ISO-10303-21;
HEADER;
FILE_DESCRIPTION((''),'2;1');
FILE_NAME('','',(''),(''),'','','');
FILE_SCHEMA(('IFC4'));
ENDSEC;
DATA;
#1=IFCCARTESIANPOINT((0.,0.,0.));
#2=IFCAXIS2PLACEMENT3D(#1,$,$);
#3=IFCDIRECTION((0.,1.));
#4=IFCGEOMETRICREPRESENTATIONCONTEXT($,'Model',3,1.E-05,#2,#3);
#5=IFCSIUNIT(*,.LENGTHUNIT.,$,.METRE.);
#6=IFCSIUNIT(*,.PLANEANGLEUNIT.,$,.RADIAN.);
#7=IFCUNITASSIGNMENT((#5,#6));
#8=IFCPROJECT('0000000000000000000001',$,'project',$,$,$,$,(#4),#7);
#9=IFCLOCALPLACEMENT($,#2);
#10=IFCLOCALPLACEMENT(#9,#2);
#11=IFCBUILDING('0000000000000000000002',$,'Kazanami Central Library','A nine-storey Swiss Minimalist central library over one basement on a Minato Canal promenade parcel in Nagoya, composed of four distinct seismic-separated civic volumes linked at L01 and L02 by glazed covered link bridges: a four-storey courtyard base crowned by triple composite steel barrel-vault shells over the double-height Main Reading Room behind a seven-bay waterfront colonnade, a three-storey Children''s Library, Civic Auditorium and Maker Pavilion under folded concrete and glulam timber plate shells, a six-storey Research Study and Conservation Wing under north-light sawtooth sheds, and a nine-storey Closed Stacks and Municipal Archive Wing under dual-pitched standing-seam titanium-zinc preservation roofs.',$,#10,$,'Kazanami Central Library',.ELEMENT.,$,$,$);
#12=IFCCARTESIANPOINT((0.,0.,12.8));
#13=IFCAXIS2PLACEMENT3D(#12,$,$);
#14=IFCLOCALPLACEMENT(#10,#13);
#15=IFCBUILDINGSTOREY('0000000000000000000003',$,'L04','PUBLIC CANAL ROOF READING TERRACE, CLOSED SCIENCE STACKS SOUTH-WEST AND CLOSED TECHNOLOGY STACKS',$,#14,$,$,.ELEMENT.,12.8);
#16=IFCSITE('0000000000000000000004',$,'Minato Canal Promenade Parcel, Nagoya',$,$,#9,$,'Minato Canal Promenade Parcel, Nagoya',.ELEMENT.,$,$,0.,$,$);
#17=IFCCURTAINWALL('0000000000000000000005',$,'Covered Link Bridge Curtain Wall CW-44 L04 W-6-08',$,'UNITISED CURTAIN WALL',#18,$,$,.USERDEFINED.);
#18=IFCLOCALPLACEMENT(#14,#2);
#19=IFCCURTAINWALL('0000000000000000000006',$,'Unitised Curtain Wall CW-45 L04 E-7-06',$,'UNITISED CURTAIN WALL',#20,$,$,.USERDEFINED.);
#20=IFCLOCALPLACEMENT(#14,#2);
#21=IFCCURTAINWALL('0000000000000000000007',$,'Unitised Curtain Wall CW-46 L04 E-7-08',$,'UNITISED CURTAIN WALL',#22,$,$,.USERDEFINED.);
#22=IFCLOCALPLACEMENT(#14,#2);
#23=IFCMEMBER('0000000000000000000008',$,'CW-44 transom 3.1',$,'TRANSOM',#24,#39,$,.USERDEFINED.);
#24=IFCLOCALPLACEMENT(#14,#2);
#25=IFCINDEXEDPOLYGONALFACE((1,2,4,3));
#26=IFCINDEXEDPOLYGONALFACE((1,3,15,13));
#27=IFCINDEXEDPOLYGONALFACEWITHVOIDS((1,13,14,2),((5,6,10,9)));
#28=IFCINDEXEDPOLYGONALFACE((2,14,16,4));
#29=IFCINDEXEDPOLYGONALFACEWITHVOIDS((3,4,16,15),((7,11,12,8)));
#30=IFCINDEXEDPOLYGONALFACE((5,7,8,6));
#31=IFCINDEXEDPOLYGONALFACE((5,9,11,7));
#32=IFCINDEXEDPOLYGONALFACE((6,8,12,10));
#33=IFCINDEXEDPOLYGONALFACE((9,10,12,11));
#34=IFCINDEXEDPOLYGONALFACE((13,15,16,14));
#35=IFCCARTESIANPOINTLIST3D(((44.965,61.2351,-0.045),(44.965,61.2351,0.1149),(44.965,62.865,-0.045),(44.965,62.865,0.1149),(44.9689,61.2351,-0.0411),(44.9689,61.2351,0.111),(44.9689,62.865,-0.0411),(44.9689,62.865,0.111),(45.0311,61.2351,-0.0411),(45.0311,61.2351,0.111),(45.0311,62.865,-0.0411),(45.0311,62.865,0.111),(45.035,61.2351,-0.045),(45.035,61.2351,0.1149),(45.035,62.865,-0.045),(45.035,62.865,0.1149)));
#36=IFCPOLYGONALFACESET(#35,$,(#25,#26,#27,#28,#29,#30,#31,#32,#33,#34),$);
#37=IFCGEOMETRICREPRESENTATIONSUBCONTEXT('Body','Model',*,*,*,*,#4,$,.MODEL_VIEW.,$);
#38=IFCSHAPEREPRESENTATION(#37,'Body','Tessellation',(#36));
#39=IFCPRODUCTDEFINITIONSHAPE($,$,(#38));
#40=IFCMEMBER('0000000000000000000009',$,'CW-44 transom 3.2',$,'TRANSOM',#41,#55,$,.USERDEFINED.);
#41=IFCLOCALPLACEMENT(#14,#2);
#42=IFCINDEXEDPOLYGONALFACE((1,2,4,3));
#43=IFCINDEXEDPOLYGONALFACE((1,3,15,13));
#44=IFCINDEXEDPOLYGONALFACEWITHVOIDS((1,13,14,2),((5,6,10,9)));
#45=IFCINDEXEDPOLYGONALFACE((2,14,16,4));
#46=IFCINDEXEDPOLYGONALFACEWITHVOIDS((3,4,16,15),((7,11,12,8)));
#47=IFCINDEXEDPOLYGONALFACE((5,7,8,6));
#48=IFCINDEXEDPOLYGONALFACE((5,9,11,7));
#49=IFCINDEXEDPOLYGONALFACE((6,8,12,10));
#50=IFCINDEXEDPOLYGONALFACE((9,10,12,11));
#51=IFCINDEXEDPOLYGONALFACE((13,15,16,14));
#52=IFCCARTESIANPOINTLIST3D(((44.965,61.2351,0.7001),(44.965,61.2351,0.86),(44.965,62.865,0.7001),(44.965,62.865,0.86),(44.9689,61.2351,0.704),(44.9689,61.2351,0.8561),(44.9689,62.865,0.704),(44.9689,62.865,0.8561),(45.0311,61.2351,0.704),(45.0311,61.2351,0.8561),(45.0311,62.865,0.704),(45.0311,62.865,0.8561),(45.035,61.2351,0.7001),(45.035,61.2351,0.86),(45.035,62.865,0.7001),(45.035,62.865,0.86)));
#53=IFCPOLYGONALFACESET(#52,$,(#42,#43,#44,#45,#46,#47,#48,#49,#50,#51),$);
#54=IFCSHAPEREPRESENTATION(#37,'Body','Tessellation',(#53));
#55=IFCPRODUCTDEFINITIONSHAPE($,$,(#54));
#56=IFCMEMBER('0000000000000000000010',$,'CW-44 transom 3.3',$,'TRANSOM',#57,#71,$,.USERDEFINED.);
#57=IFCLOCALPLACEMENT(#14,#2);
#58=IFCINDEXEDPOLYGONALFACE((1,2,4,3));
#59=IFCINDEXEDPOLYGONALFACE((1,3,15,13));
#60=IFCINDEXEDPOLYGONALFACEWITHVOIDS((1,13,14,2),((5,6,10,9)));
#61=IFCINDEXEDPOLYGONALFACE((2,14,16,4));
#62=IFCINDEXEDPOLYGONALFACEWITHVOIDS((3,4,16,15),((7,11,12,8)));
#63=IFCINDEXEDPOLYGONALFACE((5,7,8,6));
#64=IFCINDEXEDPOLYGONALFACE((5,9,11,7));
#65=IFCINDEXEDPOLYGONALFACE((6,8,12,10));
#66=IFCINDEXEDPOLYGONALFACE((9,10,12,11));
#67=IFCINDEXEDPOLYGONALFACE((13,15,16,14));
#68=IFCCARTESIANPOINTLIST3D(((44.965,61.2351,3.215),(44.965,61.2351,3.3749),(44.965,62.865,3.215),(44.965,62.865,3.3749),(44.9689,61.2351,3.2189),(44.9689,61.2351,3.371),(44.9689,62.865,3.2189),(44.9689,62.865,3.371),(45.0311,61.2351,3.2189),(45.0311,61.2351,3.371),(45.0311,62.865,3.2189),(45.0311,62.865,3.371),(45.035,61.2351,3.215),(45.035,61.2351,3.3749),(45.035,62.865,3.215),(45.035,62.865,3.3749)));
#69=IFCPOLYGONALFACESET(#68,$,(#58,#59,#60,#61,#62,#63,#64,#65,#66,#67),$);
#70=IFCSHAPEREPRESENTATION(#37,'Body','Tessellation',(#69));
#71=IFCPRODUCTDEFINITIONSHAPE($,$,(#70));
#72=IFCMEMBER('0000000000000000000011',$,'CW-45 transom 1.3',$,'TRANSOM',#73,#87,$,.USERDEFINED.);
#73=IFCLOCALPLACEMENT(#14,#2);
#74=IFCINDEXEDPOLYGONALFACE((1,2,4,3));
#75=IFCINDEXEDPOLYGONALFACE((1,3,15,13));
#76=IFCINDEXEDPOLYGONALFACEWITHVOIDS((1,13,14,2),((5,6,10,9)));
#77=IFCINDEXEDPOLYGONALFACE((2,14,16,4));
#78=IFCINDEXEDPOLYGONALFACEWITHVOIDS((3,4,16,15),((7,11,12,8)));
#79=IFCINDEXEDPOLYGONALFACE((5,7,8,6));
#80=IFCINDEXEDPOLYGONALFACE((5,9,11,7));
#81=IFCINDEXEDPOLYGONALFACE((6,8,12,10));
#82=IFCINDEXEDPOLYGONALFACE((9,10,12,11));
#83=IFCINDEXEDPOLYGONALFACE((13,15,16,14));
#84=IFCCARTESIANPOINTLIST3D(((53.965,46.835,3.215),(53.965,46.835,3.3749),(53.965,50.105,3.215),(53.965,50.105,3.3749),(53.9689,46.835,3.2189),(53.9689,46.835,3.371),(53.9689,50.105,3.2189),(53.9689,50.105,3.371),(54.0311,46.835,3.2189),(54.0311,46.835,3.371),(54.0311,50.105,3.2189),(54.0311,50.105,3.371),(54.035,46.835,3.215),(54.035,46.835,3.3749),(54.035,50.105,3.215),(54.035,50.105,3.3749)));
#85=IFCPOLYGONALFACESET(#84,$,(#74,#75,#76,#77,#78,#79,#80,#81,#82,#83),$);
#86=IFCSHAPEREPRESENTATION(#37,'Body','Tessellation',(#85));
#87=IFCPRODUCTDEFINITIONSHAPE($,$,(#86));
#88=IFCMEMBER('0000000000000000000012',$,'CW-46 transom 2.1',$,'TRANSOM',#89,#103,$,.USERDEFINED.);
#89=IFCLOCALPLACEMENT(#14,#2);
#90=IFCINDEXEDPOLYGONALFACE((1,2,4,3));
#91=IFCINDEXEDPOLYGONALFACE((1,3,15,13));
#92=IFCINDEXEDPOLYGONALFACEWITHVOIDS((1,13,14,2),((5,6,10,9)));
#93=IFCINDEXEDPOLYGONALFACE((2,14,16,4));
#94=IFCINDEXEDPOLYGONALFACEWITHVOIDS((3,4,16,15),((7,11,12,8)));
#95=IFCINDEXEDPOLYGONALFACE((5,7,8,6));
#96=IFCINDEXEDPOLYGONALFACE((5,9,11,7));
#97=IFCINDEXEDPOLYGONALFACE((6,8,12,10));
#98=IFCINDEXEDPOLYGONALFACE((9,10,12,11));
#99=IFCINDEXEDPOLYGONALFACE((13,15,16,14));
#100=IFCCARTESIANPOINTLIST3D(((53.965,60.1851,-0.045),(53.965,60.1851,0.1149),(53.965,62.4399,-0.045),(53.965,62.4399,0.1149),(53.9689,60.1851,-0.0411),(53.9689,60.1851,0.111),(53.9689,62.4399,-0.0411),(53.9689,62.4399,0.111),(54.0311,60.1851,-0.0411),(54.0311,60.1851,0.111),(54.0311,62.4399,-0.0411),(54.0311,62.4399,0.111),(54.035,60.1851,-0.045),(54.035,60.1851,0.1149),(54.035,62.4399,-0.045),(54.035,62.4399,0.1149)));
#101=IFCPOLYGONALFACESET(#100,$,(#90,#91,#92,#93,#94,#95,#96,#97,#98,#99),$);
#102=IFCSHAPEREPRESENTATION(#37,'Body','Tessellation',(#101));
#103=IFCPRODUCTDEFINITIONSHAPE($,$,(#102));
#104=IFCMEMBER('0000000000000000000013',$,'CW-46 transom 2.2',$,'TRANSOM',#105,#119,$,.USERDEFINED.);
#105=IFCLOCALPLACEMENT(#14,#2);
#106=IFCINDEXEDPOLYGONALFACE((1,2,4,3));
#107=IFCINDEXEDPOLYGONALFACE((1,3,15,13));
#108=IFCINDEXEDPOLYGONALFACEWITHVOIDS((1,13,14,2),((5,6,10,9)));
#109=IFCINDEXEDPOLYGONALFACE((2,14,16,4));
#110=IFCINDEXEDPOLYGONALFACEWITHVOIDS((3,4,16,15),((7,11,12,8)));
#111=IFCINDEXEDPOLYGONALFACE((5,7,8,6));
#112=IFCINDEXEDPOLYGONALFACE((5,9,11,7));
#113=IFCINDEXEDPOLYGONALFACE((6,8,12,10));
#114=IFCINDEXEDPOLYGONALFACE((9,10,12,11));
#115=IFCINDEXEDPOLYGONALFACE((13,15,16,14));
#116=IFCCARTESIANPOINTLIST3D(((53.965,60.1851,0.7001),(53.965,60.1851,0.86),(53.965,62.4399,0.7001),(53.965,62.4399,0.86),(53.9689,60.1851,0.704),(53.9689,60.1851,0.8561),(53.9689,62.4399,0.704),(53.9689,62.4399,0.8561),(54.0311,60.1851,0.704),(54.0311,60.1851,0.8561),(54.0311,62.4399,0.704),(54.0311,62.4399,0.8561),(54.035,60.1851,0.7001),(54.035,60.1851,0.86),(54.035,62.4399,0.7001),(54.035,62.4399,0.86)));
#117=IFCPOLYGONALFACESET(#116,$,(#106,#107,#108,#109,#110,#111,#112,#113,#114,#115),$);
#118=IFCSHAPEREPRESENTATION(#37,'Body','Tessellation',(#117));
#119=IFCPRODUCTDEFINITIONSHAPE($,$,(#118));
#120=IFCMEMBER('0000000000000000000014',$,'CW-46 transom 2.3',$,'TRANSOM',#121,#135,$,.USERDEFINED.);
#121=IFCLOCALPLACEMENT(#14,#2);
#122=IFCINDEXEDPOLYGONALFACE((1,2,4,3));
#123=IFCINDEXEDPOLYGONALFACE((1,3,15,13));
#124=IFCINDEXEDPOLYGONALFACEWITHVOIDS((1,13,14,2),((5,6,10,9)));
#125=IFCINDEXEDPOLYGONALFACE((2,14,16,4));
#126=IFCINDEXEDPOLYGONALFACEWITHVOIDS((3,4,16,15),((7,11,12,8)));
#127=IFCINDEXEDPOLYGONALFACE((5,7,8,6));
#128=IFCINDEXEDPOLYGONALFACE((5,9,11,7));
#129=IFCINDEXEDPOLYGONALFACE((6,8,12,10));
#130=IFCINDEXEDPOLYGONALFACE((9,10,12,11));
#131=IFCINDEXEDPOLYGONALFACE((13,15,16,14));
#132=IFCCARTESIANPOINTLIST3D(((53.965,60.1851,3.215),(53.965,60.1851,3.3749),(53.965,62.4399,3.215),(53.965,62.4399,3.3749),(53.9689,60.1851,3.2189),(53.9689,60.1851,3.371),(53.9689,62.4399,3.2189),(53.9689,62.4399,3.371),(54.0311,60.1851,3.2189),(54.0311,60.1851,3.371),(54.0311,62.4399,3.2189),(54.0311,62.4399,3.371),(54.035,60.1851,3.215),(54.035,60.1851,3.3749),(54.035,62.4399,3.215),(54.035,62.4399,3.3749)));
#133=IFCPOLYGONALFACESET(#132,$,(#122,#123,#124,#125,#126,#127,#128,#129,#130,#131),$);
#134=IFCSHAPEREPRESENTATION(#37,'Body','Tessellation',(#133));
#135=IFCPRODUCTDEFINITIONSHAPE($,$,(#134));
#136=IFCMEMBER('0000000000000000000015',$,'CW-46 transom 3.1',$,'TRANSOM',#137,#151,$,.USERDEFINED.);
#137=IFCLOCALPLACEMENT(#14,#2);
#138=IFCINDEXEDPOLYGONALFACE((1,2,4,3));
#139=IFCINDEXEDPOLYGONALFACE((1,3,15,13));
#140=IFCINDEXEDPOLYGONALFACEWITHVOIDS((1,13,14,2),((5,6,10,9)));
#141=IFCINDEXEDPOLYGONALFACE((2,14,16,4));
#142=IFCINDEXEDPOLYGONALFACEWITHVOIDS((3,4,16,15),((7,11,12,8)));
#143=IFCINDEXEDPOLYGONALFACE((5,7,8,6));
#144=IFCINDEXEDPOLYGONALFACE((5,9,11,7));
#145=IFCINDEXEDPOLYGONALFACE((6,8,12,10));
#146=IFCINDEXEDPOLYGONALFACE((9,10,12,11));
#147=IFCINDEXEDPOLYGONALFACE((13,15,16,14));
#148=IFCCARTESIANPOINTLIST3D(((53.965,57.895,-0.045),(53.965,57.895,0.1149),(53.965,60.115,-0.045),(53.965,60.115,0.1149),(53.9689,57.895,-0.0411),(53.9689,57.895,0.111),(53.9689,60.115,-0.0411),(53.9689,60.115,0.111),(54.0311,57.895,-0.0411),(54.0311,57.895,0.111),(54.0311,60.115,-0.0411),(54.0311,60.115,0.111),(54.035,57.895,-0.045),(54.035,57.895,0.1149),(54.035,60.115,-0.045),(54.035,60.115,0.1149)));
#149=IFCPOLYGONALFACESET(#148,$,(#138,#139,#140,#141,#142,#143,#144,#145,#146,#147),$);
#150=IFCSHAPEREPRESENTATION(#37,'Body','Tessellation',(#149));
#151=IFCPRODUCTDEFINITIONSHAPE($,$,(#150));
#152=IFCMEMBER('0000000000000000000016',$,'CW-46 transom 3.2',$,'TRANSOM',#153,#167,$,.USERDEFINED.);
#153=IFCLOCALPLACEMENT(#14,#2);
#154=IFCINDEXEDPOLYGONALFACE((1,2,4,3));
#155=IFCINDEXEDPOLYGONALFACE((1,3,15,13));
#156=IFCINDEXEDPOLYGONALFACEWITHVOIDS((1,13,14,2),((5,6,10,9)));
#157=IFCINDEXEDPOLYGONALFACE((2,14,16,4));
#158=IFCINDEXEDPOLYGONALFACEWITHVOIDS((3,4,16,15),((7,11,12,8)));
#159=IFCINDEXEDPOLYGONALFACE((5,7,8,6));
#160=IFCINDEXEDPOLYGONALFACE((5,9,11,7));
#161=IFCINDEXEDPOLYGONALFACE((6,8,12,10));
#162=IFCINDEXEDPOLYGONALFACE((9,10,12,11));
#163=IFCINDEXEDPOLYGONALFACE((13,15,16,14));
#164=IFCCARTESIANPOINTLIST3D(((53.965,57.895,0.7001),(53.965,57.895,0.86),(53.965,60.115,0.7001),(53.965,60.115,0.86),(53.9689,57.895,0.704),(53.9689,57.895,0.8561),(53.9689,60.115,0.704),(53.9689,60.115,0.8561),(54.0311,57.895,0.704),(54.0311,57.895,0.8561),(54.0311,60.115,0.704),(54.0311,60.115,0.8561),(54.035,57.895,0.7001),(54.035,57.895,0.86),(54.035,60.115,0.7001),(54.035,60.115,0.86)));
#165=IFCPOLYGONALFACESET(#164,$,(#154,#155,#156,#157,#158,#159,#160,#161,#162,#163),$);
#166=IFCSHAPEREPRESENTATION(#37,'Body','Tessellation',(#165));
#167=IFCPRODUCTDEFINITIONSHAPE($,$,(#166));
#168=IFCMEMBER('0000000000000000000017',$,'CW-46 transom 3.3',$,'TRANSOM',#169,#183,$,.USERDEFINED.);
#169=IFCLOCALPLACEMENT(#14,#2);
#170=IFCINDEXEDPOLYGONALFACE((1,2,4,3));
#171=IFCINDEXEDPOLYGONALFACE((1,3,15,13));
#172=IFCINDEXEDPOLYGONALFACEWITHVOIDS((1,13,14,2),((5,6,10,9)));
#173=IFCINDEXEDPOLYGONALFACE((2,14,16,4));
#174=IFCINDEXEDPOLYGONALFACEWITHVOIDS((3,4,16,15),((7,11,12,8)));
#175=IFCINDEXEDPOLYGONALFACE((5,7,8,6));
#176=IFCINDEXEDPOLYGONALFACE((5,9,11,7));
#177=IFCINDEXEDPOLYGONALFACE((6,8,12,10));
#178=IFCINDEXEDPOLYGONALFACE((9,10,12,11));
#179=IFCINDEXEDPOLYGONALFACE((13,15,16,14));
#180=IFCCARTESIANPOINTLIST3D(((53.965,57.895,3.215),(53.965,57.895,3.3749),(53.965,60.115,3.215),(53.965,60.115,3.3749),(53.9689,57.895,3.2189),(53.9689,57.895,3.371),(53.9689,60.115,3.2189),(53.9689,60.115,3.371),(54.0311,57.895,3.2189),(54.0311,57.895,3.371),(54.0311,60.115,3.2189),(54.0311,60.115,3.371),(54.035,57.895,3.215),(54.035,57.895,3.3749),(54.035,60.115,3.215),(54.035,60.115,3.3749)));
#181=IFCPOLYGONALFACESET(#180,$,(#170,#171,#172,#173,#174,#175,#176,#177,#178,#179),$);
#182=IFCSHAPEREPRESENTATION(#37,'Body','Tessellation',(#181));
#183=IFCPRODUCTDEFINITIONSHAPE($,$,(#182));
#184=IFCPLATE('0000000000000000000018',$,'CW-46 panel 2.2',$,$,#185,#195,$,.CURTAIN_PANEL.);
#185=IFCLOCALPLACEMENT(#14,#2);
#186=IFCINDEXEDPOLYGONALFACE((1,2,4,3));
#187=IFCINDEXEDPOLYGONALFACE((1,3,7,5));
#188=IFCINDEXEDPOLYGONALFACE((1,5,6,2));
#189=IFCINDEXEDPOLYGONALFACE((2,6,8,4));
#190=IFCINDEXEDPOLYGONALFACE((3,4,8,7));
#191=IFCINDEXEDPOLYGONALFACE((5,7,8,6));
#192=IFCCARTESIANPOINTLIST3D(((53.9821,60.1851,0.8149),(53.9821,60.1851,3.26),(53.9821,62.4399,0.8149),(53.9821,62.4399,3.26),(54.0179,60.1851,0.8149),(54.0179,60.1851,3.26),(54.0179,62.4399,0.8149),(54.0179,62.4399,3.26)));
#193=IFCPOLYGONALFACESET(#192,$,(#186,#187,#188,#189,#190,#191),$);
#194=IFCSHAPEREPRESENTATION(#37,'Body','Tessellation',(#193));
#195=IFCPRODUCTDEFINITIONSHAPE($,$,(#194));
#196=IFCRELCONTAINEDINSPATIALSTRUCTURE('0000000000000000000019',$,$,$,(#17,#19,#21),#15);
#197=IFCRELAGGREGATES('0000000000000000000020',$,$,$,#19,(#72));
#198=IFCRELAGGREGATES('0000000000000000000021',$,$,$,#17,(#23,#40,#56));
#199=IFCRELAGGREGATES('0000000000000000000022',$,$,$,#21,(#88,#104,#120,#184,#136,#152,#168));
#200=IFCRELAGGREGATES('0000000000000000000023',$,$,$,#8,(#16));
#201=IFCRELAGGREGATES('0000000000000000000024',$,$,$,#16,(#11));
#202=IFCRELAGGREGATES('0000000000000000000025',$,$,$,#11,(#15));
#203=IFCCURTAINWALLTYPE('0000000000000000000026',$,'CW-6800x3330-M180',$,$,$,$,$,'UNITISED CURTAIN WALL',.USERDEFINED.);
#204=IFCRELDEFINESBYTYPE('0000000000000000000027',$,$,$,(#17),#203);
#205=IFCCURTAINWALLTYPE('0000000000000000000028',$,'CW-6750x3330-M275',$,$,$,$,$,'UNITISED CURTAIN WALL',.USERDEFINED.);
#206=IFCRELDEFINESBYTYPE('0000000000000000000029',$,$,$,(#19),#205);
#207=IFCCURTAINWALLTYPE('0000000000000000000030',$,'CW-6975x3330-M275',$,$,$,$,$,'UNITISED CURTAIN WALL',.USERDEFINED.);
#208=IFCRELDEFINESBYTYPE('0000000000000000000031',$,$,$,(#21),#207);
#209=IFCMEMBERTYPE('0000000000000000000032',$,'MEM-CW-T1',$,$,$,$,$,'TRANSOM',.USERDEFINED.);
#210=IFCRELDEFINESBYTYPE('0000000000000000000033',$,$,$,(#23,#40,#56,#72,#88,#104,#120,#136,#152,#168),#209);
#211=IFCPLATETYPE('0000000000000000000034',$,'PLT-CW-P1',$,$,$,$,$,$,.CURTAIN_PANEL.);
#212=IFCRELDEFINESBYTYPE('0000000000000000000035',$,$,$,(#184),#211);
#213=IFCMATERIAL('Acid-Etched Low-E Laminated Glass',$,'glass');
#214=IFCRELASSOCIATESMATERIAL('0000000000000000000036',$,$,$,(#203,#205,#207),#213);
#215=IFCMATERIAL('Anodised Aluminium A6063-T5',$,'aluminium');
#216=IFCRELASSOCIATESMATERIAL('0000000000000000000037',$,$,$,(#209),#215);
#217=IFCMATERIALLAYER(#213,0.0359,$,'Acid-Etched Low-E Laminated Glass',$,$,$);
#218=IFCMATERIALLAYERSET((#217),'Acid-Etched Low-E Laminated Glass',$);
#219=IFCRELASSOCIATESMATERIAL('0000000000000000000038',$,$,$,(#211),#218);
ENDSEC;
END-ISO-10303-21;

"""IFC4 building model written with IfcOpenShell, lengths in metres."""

from ifc_helpers import new_model, si_unit, direction, frame, origin, origin_2d, place, context, subcontext, project, spatial, rectangle, hollow_rectangle, extrude, material, layer, layer_set, material_profile, profile_set, type_object, element, aggregate, save


model = new_model("IFC4")

# Units and contexts
model_context = context("Model", 3, precision=1e-05, world=origin(), true_north=direction((0.0, 1.0)))
body_context = subcontext(model_context, "Body", "Model", "MODEL_VIEW")
ifc_project = project(units=[si_unit("LENGTHUNIT", "METRE"), si_unit("PLANEANGLEUNIT", "RADIAN")], contexts=[model_context])

# Site, building, storey
site_placement = place(None, origin())
site = spatial("IfcSite", under=ifc_project, at=site_placement, Name="Minato Canal Promenade Parcel, Nagoya", LongName="Minato Canal Promenade Parcel, Nagoya", CompositionType="ELEMENT", RefElevation=0.0)
building_placement = place(site_placement, origin())
building = spatial("IfcBuilding", under=site, at=building_placement, Name="Kazanami Central Library", Description="A nine-storey Swiss Minimalist central library over one basement on a Minato Canal promenade parcel in Nagoya, composed of four distinct seismic-separated civic volumes linked at L01 and L02 by glazed covered link bridges: a four-storey courtyard base crowned by triple composite steel barrel-vault shells over the double-height Main Reading Room behind a seven-bay waterfront colonnade, a three-storey Children's Library, Civic Auditorium and Maker Pavilion under folded concrete and glulam timber plate shells, a six-storey Research Study and Conservation Wing under north-light sawtooth sheds, and a nine-storey Closed Stacks and Municipal Archive Wing under dual-pitched standing-seam titanium-zinc preservation roofs.", LongName="Kazanami Central Library", CompositionType="ELEMENT")
storey_placement = place(building_placement, frame((0.0, 0.0, 12.8)))
storey = spatial("IfcBuildingStorey", under=building, at=storey_placement, Name="L04", Description="PUBLIC CANAL ROOF READING TERRACE, CLOSED SCIENCE STACKS SOUTH-WEST AND CLOSED TECHNOLOGY STACKS", CompositionType="ELEMENT", Elevation=12.8)

# Curtain walls
ifc_material_1 = material(Name="Acid-Etched Low-E Laminated Glass", Category="glass")
curtain_wall_type_1 = type_object("IfcCurtainWallType", Name="CW-6800x3330-M180", ElementType="UNITISED CURTAIN WALL", PredefinedType="USERDEFINED", material=ifc_material_1)
curtain_wall_1_placement = place(storey_placement, origin())
curtain_wall_1 = element("IfcCurtainWall", 1, at=curtain_wall_1_placement, inside=storey, type_object=curtain_wall_type_1, Name="Covered Link Bridge Curtain Wall CW-44 L04 W-6-08", ObjectType="UNITISED CURTAIN WALL", PredefinedType="USERDEFINED")
ifc_material_2 = material(Name="Anodised Aluminium A6063-T5", Category="aluminium")
curtain_wall_type_2 = type_object("IfcCurtainWallType", Name="CW-6750x3330-M275", ElementType="UNITISED CURTAIN WALL", PredefinedType="USERDEFINED", material=ifc_material_1)
curtain_wall_2_placement = place(storey_placement, origin())
curtain_wall_2 = element("IfcCurtainWall", 2, at=curtain_wall_2_placement, inside=storey, type_object=curtain_wall_type_2, Name="Unitised Curtain Wall CW-45 L04 E-7-06", ObjectType="UNITISED CURTAIN WALL", PredefinedType="USERDEFINED")

# Curtain wall
curtain_wall_type_3 = type_object("IfcCurtainWallType", Name="CW-6975x3330-M275", ElementType="UNITISED CURTAIN WALL", PredefinedType="USERDEFINED", material=ifc_material_1)
curtain_wall_3_placement = place(storey_placement, origin())
curtain_wall_3 = element("IfcCurtainWall", 3, at=curtain_wall_3_placement, inside=storey, type_object=curtain_wall_type_3, Name="Unitised Curtain Wall CW-46 L04 E-7-08", ObjectType="UNITISED CURTAIN WALL", PredefinedType="USERDEFINED")

# Members
ifc_material_profile_1 = material_profile(ifc_material_2, hollow_rectangle(XDim=0.0701, YDim=0.1599, WallThickness=0.0039, at=origin_2d()), Name="ALU-TRAN-70x160x4")
ifc_profile_set_1 = profile_set([ifc_material_profile_1], Name="Anodised Aluminium A6063-T5")
member_type_1 = type_object("IfcMemberType", Name="MEM-CW-T1", ElementType="TRANSOM", PredefinedType="USERDEFINED", material=ifc_profile_set_1)
member_1_placement = place(storey_placement, frame((45.0, 61.2351, 0.0349), z_axis=(0.0, 1.0, 0.0), x_axis=(-1.0, 0.0, 0.0)))
member_1 = element("IfcMember", 4, at=member_1_placement, type_object=member_type_1, Name="CW-44 transom 3.1", ObjectType="TRANSOM", PredefinedType="USERDEFINED", context=body_context, shape_type="SweptSolid", body=[
    extrude(hollow_rectangle(XDim=0.0701, YDim=0.1599, WallThickness=0.0039, at=origin_2d()), origin(), (0.0, 0.0, 1.0), 1.6299),
])
member_2_placement = place(storey_placement, frame((45.0, 61.2351, 0.78), z_axis=(0.0, 1.0, 0.0), x_axis=(-1.0, 0.0, 0.0)))
member_2 = element("IfcMember", 5, at=member_2_placement, type_object=member_type_1, Name="CW-44 transom 3.2", ObjectType="TRANSOM", PredefinedType="USERDEFINED", context=body_context, shape_type="SweptSolid", body=[
    extrude(hollow_rectangle(XDim=0.0701, YDim=0.1599, WallThickness=0.0039, at=origin_2d()), origin(), (0.0, 0.0, 1.0), 1.6299),
])
member_3_placement = place(storey_placement, frame((45.0, 61.2351, 3.2949), z_axis=(0.0, 1.0, 0.0), x_axis=(-1.0, 0.0, 0.0)))
member_3 = element("IfcMember", 6, at=member_3_placement, type_object=member_type_1, Name="CW-44 transom 3.3", ObjectType="TRANSOM", PredefinedType="USERDEFINED", context=body_context, shape_type="SweptSolid", body=[
    extrude(hollow_rectangle(XDim=0.0701, YDim=0.1599, WallThickness=0.0039, at=origin_2d()), origin(), (0.0, 0.0, 1.0), 1.6299),
])
member_4_placement = place(storey_placement, frame((54.0, 50.105, 3.2949), z_axis=(0.0, -1.0, 0.0), x_axis=(1.0, 0.0, 0.0)))
member_4 = element("IfcMember", 7, at=member_4_placement, type_object=member_type_1, Name="CW-45 transom 1.3", ObjectType="TRANSOM", PredefinedType="USERDEFINED", context=body_context, shape_type="SweptSolid", body=[
    extrude(hollow_rectangle(XDim=0.0701, YDim=0.1599, WallThickness=0.0039, at=origin_2d()), origin(), (0.0, 0.0, 1.0), 3.27),
])
aggregate(curtain_wall_2, [member_4])
member_5_placement = place(storey_placement, frame((54.0, 62.4399, 0.0349), z_axis=(0.0, -1.0, 0.0), x_axis=(1.0, 0.0, 0.0)))
member_5 = element("IfcMember", 8, at=member_5_placement, type_object=member_type_1, Name="CW-46 transom 2.1", ObjectType="TRANSOM", PredefinedType="USERDEFINED", context=body_context, shape_type="SweptSolid", body=[
    extrude(hollow_rectangle(XDim=0.0701, YDim=0.1599, WallThickness=0.0039, at=origin_2d()), origin(), (0.0, 0.0, 1.0), 2.2549),
])
member_6_placement = place(storey_placement, frame((54.0, 62.4399, 0.78), z_axis=(0.0, -1.0, 0.0), x_axis=(1.0, 0.0, 0.0)))
member_6 = element("IfcMember", 9, at=member_6_placement, type_object=member_type_1, Name="CW-46 transom 2.2", ObjectType="TRANSOM", PredefinedType="USERDEFINED", context=body_context, shape_type="SweptSolid", body=[
    extrude(hollow_rectangle(XDim=0.0701, YDim=0.1599, WallThickness=0.0039, at=origin_2d()), origin(), (0.0, 0.0, 1.0), 2.2549),
])
member_7_placement = place(storey_placement, frame((54.0, 62.4399, 3.2949), z_axis=(0.0, -1.0, 0.0), x_axis=(1.0, 0.0, 0.0)))
member_7 = element("IfcMember", 10, at=member_7_placement, type_object=member_type_1, Name="CW-46 transom 2.3", ObjectType="TRANSOM", PredefinedType="USERDEFINED", context=body_context, shape_type="SweptSolid", body=[
    extrude(hollow_rectangle(XDim=0.0701, YDim=0.1599, WallThickness=0.0039, at=origin_2d()), origin(), (0.0, 0.0, 1.0), 2.2549),
])
member_8_placement = place(storey_placement, frame((54.0, 60.115, 0.0349), z_axis=(0.0, -1.0, 0.0), x_axis=(1.0, 0.0, 0.0)))
member_8 = element("IfcMember", 11, at=member_8_placement, type_object=member_type_1, Name="CW-46 transom 3.1", ObjectType="TRANSOM", PredefinedType="USERDEFINED", context=body_context, shape_type="SweptSolid", body=[
    extrude(hollow_rectangle(XDim=0.0701, YDim=0.1599, WallThickness=0.0039, at=origin_2d()), origin(), (0.0, 0.0, 1.0), 2.22),
])
member_9_placement = place(storey_placement, frame((54.0, 60.115, 0.78), z_axis=(0.0, -1.0, 0.0), x_axis=(1.0, 0.0, 0.0)))
member_9 = element("IfcMember", 12, at=member_9_placement, type_object=member_type_1, Name="CW-46 transom 3.2", ObjectType="TRANSOM", PredefinedType="USERDEFINED", context=body_context, shape_type="SweptSolid", body=[
    extrude(hollow_rectangle(XDim=0.0701, YDim=0.1599, WallThickness=0.0039, at=origin_2d()), origin(), (0.0, 0.0, 1.0), 2.22),
])
member_10_placement = place(storey_placement, frame((54.0, 60.115, 3.2949), z_axis=(0.0, -1.0, 0.0), x_axis=(1.0, 0.0, 0.0)))
member_10 = element("IfcMember", 13, at=member_10_placement, type_object=member_type_1, Name="CW-46 transom 3.3", ObjectType="TRANSOM", PredefinedType="USERDEFINED", context=body_context, shape_type="SweptSolid", body=[
    extrude(hollow_rectangle(XDim=0.0701, YDim=0.1599, WallThickness=0.0039, at=origin_2d()), origin(), (0.0, 0.0, 1.0), 2.22),
])

# Plate
ifc_layer_1 = layer(ifc_material_1, 0.0359, Name="Acid-Etched Low-E Laminated Glass")
ifc_layer_set_1 = layer_set([ifc_layer_1], Name="Acid-Etched Low-E Laminated Glass")
plate_type_1 = type_object("IfcPlateType", Name="PLT-CW-P1", PredefinedType="CURTAIN_PANEL", material=ifc_layer_set_1)
plate_1_placement = place(storey_placement, frame((54.0, 61.3125, 0.8149), z_axis=(0.0, 0.0, 1.0), x_axis=(0.0, -1.0, 0.0)))
plate_1 = element("IfcPlate", 14, at=plate_1_placement, type_object=plate_type_1, Name="CW-46 panel 2.2", PredefinedType="CURTAIN_PANEL", context=body_context, shape_type="SweptSolid", body=[
    extrude(rectangle(XDim=2.2549, YDim=0.0359, at=origin_2d()), origin(), (0.0, 0.0, 1.0), 2.4451),
])
aggregate(curtain_wall_1, [member_1, member_2, member_3])
aggregate(curtain_wall_3, [member_5, member_6, member_7, plate_1, member_8, member_9, member_10])

save(model, "model.ifc")
